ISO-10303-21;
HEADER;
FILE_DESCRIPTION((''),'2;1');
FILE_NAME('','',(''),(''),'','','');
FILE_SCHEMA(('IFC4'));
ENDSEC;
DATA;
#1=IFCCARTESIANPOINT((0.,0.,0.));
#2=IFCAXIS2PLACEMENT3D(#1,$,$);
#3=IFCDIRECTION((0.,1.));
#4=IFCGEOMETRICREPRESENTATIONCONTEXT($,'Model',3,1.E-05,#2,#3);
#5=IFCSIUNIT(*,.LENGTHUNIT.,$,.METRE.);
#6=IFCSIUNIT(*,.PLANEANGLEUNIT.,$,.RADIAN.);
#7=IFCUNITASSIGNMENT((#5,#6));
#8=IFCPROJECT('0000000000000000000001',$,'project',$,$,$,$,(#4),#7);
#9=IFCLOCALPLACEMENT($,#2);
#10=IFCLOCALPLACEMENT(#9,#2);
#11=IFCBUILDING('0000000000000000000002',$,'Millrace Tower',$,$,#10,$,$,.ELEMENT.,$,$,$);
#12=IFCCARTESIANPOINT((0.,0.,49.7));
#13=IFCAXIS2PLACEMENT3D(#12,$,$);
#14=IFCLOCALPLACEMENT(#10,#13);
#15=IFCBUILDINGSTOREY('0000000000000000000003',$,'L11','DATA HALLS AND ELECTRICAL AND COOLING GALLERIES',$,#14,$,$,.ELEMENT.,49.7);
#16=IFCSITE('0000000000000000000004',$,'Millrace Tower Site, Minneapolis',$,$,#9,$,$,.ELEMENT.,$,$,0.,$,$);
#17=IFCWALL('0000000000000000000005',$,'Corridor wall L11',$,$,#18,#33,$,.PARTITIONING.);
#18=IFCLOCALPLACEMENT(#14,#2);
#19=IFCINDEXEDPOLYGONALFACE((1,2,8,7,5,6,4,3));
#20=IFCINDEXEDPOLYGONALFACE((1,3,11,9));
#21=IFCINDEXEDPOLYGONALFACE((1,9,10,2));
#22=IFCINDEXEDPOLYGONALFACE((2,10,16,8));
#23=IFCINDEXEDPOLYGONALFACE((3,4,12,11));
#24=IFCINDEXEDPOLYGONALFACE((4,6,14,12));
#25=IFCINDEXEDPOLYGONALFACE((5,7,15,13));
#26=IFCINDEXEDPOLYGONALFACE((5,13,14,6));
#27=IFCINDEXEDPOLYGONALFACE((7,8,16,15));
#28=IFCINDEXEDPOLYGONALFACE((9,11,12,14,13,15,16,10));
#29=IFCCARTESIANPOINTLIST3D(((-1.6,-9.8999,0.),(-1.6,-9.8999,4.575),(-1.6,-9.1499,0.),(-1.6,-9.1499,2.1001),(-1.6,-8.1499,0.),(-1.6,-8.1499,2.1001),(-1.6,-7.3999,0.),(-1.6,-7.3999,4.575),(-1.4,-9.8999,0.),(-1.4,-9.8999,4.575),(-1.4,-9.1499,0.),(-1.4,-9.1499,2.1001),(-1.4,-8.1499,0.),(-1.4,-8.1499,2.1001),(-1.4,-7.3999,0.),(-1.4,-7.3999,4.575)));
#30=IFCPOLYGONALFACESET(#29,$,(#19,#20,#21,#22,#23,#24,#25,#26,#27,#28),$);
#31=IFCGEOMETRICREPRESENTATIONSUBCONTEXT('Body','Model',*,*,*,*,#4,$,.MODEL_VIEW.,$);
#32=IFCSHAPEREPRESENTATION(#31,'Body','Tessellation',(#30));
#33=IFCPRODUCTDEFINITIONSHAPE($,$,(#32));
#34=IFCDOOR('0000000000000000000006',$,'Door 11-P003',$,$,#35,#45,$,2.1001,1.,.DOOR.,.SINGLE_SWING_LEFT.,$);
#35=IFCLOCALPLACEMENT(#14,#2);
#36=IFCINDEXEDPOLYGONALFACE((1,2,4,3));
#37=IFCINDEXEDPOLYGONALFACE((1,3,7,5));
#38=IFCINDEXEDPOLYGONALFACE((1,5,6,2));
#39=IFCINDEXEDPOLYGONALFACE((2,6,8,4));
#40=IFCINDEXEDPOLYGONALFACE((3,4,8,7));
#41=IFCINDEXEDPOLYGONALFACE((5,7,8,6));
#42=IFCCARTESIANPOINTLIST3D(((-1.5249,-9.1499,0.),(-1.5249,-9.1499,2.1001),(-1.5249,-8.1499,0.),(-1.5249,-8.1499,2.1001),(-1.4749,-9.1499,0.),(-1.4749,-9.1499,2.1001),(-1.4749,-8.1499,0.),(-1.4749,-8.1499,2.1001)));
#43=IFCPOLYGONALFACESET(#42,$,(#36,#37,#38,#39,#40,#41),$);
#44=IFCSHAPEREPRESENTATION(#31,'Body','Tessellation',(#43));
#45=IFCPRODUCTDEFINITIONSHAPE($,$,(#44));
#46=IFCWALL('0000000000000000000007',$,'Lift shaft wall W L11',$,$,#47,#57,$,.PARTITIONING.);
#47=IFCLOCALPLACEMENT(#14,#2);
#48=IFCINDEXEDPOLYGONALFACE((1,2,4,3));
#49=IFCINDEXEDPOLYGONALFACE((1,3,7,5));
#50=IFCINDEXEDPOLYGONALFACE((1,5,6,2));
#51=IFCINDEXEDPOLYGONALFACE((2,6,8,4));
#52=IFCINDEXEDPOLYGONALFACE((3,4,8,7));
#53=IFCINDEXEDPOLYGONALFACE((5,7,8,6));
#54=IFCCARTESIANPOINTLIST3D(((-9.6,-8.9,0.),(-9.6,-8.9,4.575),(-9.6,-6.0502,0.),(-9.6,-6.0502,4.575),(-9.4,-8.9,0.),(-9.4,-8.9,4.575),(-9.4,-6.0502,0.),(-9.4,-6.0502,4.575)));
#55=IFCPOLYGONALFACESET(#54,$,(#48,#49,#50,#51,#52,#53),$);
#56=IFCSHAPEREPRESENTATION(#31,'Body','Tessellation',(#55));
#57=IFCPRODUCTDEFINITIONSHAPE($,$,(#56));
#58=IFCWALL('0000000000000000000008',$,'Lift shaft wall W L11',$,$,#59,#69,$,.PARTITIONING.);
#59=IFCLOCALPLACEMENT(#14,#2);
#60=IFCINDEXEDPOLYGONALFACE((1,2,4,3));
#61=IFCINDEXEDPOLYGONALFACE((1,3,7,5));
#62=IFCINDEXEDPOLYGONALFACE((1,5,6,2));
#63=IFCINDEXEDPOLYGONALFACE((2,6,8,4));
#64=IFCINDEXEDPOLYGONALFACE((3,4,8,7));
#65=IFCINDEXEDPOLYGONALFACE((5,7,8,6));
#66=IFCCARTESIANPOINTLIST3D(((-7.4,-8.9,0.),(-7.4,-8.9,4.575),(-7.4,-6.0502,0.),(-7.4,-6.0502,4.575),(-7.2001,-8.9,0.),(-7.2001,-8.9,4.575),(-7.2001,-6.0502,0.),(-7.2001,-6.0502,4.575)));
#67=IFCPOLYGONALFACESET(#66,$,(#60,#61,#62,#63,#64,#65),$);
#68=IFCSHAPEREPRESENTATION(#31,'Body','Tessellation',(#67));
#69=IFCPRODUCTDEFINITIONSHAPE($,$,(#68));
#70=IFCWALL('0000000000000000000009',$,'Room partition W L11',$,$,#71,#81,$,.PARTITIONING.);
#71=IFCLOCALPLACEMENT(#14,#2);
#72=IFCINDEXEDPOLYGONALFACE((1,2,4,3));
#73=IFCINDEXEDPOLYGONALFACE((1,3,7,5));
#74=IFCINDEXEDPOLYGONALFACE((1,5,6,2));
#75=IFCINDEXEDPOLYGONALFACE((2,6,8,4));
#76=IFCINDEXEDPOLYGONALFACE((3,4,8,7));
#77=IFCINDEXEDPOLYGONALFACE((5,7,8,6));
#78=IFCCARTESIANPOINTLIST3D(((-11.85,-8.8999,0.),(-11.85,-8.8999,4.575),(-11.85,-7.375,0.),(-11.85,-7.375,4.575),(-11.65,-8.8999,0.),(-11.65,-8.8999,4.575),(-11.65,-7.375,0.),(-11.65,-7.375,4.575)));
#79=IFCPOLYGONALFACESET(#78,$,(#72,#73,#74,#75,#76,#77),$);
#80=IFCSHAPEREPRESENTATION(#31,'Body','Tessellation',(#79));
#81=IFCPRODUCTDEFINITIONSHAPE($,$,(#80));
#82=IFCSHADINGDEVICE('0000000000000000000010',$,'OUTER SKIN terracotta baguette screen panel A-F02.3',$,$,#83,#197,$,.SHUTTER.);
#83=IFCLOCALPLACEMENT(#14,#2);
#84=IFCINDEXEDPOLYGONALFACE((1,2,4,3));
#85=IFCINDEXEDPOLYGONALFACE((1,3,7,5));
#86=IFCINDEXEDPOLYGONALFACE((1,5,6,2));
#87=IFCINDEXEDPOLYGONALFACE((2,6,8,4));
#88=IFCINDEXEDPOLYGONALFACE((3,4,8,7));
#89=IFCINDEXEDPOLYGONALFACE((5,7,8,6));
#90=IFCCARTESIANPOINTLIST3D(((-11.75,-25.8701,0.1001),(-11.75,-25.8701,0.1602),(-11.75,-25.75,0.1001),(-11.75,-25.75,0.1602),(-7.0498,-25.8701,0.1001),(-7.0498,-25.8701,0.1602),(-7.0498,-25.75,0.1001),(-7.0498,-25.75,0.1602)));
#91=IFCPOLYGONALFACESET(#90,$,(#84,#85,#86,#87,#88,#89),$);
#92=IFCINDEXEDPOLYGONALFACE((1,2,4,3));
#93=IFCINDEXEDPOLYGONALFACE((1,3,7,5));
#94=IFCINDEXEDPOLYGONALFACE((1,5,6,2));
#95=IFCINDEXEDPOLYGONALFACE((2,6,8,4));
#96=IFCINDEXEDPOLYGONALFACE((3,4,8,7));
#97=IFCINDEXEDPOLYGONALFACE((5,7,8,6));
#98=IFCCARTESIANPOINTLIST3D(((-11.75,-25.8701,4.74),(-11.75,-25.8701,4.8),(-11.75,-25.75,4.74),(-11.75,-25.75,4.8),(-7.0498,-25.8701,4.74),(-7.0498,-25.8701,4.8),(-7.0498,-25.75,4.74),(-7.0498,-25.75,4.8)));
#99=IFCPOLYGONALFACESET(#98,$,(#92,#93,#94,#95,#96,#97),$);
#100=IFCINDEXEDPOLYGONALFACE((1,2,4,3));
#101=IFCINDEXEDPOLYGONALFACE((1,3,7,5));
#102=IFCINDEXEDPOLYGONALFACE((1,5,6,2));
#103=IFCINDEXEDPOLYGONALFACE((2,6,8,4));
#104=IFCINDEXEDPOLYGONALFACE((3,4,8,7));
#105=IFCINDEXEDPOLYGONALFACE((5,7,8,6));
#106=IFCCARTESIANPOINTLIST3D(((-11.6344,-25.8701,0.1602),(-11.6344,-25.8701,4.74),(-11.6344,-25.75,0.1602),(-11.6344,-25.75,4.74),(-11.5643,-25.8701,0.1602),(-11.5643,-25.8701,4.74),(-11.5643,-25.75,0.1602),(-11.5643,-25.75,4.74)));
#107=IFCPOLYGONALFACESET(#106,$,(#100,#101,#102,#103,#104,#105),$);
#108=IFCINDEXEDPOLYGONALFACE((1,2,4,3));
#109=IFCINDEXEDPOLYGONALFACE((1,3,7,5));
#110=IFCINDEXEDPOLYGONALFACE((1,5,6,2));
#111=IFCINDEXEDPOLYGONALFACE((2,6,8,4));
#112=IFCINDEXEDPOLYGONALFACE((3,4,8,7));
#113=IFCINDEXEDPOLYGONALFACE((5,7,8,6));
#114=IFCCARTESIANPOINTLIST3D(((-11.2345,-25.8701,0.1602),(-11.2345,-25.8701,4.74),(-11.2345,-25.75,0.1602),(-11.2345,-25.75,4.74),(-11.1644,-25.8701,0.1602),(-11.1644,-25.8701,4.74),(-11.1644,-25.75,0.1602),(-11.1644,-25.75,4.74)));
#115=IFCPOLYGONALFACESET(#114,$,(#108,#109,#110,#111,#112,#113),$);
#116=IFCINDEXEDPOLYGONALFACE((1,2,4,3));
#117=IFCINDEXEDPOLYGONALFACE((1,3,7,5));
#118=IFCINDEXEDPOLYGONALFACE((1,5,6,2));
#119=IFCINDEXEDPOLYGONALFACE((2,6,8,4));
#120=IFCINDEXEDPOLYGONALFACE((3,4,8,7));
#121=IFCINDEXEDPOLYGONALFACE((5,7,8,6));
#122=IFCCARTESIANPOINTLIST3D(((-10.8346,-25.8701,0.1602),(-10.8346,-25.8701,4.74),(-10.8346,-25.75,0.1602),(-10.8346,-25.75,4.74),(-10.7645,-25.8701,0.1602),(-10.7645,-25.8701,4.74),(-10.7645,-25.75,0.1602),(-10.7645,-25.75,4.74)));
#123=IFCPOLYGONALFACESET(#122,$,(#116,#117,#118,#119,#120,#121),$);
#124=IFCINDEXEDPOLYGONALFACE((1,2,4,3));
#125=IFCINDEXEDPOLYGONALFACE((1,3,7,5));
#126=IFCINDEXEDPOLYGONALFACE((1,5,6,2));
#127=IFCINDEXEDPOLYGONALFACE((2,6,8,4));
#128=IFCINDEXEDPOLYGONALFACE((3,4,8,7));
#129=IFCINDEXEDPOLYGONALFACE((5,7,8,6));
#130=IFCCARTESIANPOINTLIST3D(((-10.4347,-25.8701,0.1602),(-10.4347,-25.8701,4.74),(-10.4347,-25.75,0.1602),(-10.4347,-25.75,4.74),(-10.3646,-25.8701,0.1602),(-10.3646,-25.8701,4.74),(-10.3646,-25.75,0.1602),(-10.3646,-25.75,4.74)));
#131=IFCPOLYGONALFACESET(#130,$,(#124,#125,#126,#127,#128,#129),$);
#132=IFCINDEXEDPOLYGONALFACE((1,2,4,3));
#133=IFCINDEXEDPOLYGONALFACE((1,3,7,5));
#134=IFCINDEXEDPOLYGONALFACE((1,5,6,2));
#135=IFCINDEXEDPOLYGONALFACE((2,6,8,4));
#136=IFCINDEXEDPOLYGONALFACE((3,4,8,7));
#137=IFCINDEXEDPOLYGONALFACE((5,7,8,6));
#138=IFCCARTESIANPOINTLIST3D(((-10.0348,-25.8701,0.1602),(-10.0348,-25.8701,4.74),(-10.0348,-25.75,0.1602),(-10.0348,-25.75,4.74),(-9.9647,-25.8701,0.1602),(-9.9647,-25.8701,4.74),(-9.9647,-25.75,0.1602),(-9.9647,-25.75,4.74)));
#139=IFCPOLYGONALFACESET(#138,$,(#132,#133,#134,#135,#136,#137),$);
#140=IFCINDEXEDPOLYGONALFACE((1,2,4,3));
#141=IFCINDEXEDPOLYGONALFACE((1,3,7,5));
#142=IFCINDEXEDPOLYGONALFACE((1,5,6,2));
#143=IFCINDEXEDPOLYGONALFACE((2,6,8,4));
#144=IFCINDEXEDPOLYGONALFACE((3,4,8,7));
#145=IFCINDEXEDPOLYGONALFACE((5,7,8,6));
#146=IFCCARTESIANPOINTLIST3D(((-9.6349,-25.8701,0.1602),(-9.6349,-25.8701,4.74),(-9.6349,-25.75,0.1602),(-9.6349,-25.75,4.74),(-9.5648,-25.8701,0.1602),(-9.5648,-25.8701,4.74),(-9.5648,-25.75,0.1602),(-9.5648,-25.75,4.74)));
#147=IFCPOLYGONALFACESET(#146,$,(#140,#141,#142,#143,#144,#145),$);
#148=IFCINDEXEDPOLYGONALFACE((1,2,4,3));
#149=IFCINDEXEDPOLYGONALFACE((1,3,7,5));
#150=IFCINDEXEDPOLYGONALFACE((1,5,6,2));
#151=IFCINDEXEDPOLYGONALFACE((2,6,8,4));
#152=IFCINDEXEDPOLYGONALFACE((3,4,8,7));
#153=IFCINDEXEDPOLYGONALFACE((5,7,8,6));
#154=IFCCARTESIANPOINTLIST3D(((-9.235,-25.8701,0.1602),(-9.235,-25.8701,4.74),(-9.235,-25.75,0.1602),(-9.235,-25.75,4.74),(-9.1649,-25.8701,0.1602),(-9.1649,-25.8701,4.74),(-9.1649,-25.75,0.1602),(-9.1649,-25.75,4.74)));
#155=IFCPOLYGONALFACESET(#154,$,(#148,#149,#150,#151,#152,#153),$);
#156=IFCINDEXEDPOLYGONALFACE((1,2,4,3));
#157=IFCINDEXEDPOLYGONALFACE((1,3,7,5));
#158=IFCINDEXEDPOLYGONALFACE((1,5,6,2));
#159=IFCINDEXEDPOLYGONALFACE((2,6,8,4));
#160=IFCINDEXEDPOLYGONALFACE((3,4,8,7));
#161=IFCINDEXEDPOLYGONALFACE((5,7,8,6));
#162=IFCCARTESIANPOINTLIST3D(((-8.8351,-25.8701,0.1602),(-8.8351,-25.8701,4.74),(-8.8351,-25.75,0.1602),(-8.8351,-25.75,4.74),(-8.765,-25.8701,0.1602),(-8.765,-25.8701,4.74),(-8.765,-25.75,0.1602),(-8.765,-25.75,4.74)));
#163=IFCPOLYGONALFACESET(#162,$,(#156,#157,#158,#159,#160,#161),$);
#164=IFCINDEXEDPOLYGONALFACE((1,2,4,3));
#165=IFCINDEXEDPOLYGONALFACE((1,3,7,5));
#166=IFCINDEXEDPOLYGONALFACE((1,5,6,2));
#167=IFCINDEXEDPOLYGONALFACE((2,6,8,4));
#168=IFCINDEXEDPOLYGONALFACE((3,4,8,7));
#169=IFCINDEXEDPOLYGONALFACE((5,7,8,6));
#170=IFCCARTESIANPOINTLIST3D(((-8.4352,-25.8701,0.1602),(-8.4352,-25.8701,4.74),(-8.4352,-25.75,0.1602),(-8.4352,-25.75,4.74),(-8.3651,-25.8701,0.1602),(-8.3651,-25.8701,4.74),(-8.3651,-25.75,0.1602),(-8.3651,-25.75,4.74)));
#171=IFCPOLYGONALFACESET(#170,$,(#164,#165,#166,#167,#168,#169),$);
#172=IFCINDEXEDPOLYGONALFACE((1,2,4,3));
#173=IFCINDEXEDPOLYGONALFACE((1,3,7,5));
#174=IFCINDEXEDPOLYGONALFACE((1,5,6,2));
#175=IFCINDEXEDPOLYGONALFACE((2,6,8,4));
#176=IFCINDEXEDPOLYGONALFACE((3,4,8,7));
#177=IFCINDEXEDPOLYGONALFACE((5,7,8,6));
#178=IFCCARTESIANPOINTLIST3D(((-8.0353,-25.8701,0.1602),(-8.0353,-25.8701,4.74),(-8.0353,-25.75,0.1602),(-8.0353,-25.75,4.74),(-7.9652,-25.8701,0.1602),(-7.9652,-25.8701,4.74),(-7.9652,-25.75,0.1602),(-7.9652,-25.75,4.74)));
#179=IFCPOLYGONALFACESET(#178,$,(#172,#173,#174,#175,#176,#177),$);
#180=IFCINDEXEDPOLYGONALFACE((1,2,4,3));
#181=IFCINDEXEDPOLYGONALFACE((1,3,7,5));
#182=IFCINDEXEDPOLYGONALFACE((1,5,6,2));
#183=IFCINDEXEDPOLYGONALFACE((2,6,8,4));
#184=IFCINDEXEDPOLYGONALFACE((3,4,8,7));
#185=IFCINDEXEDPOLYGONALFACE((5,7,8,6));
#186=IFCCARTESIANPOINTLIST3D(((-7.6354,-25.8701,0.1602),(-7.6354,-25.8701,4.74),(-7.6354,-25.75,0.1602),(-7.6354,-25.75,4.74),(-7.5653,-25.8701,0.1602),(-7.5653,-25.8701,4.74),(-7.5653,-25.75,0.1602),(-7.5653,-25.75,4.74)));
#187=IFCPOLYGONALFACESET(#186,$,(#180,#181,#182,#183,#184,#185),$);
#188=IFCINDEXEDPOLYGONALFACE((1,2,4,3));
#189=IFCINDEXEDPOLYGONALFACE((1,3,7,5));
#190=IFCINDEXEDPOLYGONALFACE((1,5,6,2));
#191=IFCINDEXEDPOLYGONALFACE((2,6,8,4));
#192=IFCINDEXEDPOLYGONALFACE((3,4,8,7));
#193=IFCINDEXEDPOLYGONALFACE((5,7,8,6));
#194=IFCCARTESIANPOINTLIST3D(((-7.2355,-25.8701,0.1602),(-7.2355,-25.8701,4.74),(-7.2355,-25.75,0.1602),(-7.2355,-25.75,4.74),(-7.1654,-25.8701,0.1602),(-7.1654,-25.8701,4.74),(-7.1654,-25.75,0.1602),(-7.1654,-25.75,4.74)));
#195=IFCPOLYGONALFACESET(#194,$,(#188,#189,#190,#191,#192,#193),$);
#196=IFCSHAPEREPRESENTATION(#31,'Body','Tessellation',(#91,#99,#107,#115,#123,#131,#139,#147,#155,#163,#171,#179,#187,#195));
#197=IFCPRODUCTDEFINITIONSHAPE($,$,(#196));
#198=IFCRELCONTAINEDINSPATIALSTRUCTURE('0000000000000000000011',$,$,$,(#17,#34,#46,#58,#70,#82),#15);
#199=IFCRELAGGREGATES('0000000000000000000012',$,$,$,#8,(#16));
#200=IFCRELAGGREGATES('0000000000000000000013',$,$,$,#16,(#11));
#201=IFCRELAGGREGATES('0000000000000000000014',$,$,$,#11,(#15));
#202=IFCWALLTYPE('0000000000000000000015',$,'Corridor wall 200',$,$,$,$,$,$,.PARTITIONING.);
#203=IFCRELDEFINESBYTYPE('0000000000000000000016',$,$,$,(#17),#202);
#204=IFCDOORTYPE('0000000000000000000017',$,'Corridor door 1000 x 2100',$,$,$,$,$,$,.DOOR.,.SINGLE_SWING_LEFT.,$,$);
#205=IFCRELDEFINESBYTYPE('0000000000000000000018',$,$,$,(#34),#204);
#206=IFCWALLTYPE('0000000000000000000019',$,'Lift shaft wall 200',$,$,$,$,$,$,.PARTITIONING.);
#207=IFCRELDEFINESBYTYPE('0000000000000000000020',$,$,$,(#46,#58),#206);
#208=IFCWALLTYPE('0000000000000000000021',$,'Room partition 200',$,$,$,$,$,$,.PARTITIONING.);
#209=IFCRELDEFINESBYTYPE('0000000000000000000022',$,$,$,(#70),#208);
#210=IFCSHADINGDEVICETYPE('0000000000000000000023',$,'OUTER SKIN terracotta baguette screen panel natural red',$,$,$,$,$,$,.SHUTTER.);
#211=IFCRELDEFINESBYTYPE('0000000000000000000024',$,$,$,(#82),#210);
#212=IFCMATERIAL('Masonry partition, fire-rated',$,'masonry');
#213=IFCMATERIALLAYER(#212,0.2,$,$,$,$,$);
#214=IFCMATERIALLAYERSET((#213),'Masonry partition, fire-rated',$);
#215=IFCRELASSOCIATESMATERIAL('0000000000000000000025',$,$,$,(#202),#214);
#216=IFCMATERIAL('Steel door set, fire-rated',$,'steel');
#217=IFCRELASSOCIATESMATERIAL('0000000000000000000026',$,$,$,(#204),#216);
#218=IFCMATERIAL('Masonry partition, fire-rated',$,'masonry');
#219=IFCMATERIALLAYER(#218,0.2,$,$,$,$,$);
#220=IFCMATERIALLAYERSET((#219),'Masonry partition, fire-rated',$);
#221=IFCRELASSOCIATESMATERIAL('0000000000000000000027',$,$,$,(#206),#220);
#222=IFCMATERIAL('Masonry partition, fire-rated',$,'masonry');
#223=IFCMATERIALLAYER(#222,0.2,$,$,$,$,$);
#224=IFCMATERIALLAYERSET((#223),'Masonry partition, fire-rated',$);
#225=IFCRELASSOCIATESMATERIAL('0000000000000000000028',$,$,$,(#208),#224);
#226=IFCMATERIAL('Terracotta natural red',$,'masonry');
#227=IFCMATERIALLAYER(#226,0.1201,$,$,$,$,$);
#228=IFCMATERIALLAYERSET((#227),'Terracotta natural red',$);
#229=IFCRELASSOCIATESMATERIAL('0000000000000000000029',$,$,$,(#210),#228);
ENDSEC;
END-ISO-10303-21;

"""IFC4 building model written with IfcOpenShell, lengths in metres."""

from ifc_helpers import new_model, entity, si_unit, direction, frame, frame_2d, origin, place, context, subcontext, project, spatial, rectangle, extrude, source, transform, mapped, material, layer, layer_set, type_object, element, fill, save


model = new_model("IFC4")

# Units and contexts
model_context = context("Model", 3, precision=1e-05, world=origin(), true_north=direction((0.0, 1.0)))
body_context = subcontext(model_context, "Body", "Model", "MODEL_VIEW")
ifc_project = project(units=[si_unit("LENGTHUNIT", "METRE"), si_unit("PLANEANGLEUNIT", "RADIAN")], contexts=[model_context])

# Site, building, storey
site_placement = place(None, origin())
site = spatial("IfcSite", under=ifc_project, at=site_placement, Name="Millrace Tower Site, Minneapolis", CompositionType="ELEMENT", RefElevation=0.0)
building_placement = place(site_placement, origin())
building = spatial("IfcBuilding", under=site, at=building_placement, Name="Millrace Tower", CompositionType="ELEMENT")
storey_placement = place(building_placement, frame((0.0, 0.0, 49.7)))
storey = spatial("IfcBuildingStorey", under=building, at=storey_placement, Name="L11", Description="DATA HALLS AND ELECTRICAL AND COOLING GALLERIES", CompositionType="ELEMENT", Elevation=49.7)

# Shared definitions
ifc_material_1 = material(Name="Masonry partition, fire-rated", Category="masonry")
ifc_layer_1 = layer(ifc_material_1, 0.2)
ifc_layer_set_1 = layer_set([ifc_layer_1], Name="Masonry partition, fire-rated")
wall_type_1 = type_object("IfcWallType", Name="Corridor wall 200", PredefinedType="PARTITIONING", material=ifc_layer_set_1)

# Wall, opening, door
wall_1_placement = place(storey_placement, frame((-1.5, -9.8999, 0.0), z_axis=(0.0, 0.0, 1.0), x_axis=(0.0, 1.0, 0.0)))
wall_1 = element("IfcWall", 1, at=wall_1_placement, inside=storey, type_object=wall_type_1, Name="Corridor wall L11", PredefinedType="PARTITIONING", context=body_context, shape_type="SweptSolid", body=[
    extrude(rectangle(XDim=2.5, YDim=0.2, at=frame_2d((1.25, 0.0))), origin(), (0.0, 0.0, 1.0), 4.575),
])
opening_placement = place(wall_1_placement, frame((0.75, 0.0, 0.0)))
opening = element("IfcOpeningElement", 2, at=opening_placement, cuts=wall_1, PredefinedType="OPENING", context=body_context, shape_type="SweptSolid", body=[
    extrude(rectangle(XDim=1.0, YDim=2.1001, at=frame_2d((0.5, 1.05))), frame((0.0, 0.1099, 0.0), z_axis=(0.0, -1.0, 0.0), x_axis=(1.0, 0.0, 0.0)), (0.0, 0.0, 1.0), 0.22),
])
ifc_material_2 = material(Name="Steel door set, fire-rated", Category="steel")
door_type = type_object("IfcDoorType", Name="Corridor door 1000 x 2100", OperationType="SINGLE_SWING_LEFT", PredefinedType="DOOR", material=ifc_material_2)
door_placement = place(opening_placement, origin())
door = element("IfcDoor", 3, at=door_placement, inside=storey, type_object=door_type, Name="Door 11-P003", OperationType="SINGLE_SWING_LEFT", OverallHeight=2.1001, OverallWidth=1.0, PredefinedType="DOOR", context=body_context, shape_type="SweptSolid", body=[
    extrude(rectangle(XDim=1.0, YDim=2.1001, at=frame_2d((0.5, 1.05))), frame((0.0, 0.0249, 0.0), z_axis=(0.0, -1.0, 0.0), x_axis=(1.0, 0.0, 0.0)), (0.0, 0.0, 1.0), 0.05),
])
fill(opening, door)

# Walls
ifc_material_3 = material(Name="Masonry partition, fire-rated", Category="masonry")
ifc_layer_2 = layer(ifc_material_3, 0.2)
ifc_layer_set_2 = layer_set([ifc_layer_2], Name="Masonry partition, fire-rated")
wall_type_2 = type_object("IfcWallType", Name="Lift shaft wall 200", PredefinedType="PARTITIONING", material=ifc_layer_set_2)
for number, where, z_axis, x_axis, name in (
    (4, (-9.5, -8.8999, 0.0), (0.0, 0.0, 1.0), (0.0, 1.0, 0.0), "Lift shaft wall W L11"),
    (5, (-7.3, -8.8999, 0.0), (0.0, 0.0, 1.0), (0.0, 1.0, 0.0), "Lift shaft wall W L11"),
):
    element("IfcWall", number, at=place(storey_placement, frame(where, z_axis=z_axis, x_axis=x_axis)), inside=storey, type_object=wall_type_2, Name=name, PredefinedType="PARTITIONING", context=body_context, shape_type="SweptSolid", body=[
        extrude(rectangle(XDim=2.8499, YDim=0.2, at=frame_2d((1.4248, 0.0))), origin(), (0.0, 0.0, 1.0), 4.575),
    ])
ifc_material_4 = material(Name="Masonry partition, fire-rated", Category="masonry")
ifc_layer_3 = layer(ifc_material_4, 0.2)
ifc_layer_set_3 = layer_set([ifc_layer_3], Name="Masonry partition, fire-rated")
wall_type_3 = type_object("IfcWallType", Name="Room partition 200", PredefinedType="PARTITIONING", material=ifc_layer_set_3)
wall_2_placement = place(storey_placement, frame((-11.75, -8.8999, 0.0), z_axis=(0.0, 0.0, 1.0), x_axis=(0.0, 1.0, 0.0)))
element("IfcWall", 6, at=wall_2_placement, inside=storey, type_object=wall_type_3, Name="Room partition W L11", PredefinedType="PARTITIONING", context=body_context, shape_type="SweptSolid", body=[
    extrude(rectangle(XDim=1.5249, YDim=0.2, at=frame_2d((0.7625, 0.0))), origin(), (0.0, 0.0, 1.0), 4.575),
])

# Shading device
cartesian_point = entity("IfcCartesianPoint", [-2.3501, 0.0601])
shared_polyline = entity("IfcPolyline", [cartesian_point, entity("IfcCartesianPoint", [2.3501, 0.0601]), entity("IfcCartesianPoint", [2.3501, -0.0601]), entity("IfcCartesianPoint", [-2.3501, -0.0601]), cartesian_point])
ifc_material_5 = material(Name="Terracotta natural red", Category="masonry")
ifc_layer_4 = layer(ifc_material_5, 0.1201)
ifc_layer_set_4 = layer_set([ifc_layer_4], Name="Terracotta natural red")
shading_device_type_1 = type_object("IfcShadingDeviceType", Name="OUTER SKIN terracotta baguette screen panel natural red", PredefinedType="SHUTTER", material=ifc_layer_set_4)
shared_shape_1 = source(origin(), body_context, "Body", "SweptSolid", [
    entity("IfcExtrudedAreaSolid", entity("IfcArbitraryClosedProfileDef", "AREA", None, shared_polyline), entity("IfcAxis2Placement3D", entity("IfcCartesianPoint", [0.0, 0.0, 0.0])), entity("IfcDirection", [0.0, 0.0, 1.0]), 0.0601),
    entity("IfcExtrudedAreaSolid", entity("IfcArbitraryClosedProfileDef", "AREA", None, shared_polyline), entity("IfcAxis2Placement3D", entity("IfcCartesianPoint", [0.0, 0.0, 4.6399])), entity("IfcDirection", [0.0, 0.0, 1.0]), 0.0601),
    extrude(rectangle(XDim=0.0701, YDim=0.1201, at=frame_2d((-2.1995, 0.0))), frame((0.0, 0.0, 0.0601)), (0.0, 0.0, 1.0), 4.5798),
    extrude(rectangle(XDim=0.0701, YDim=0.1201, at=frame_2d((-1.7996, 0.0))), frame((0.0, 0.0, 0.0601)), (0.0, 0.0, 1.0), 4.5798),
    extrude(rectangle(XDim=0.0701, YDim=0.1201, at=frame_2d((-1.3997, 0.0))), frame((0.0, 0.0, 0.0601)), (0.0, 0.0, 1.0), 4.5798),
    extrude(rectangle(XDim=0.0701, YDim=0.1201, at=frame_2d((-0.9998, 0.0))), frame((0.0, 0.0, 0.0601)), (0.0, 0.0, 1.0), 4.5798),
    extrude(rectangle(XDim=0.0701, YDim=0.1201, at=frame_2d((-0.5999, 0.0))), frame((0.0, 0.0, 0.0601)), (0.0, 0.0, 1.0), 4.5798),
    extrude(rectangle(XDim=0.0701, YDim=0.1201, at=frame_2d((-0.2, 0.0))), frame((0.0, 0.0, 0.0601)), (0.0, 0.0, 1.0), 4.5798),
    extrude(rectangle(XDim=0.0701, YDim=0.1201, at=frame_2d((0.2, 0.0))), frame((0.0, 0.0, 0.0601)), (0.0, 0.0, 1.0), 4.5798),
    extrude(rectangle(XDim=0.0701, YDim=0.1201, at=frame_2d((0.5999, 0.0))), frame((0.0, 0.0, 0.0601)), (0.0, 0.0, 1.0), 4.5798),
    extrude(rectangle(XDim=0.0701, YDim=0.1201, at=frame_2d((0.9998, 0.0))), frame((0.0, 0.0, 0.0601)), (0.0, 0.0, 1.0), 4.5798),
    extrude(rectangle(XDim=0.0701, YDim=0.1201, at=frame_2d((1.3997, 0.0))), frame((0.0, 0.0, 0.0601)), (0.0, 0.0, 1.0), 4.5798),
    extrude(rectangle(XDim=0.0701, YDim=0.1201, at=frame_2d((1.7996, 0.0))), frame((0.0, 0.0, 0.0601)), (0.0, 0.0, 1.0), 4.5798),
    extrude(rectangle(XDim=0.0701, YDim=0.1201, at=frame_2d((2.1995, 0.0))), frame((0.0, 0.0, 0.0601)), (0.0, 0.0, 1.0), 4.5798),
])
for number, where, z_axis, x_axis, name in (
    (7, (-9.3999, -25.8101, 0.1001), (0.0, 0.0, 1.0), (1.0, 0.0, 0.0), "OUTER SKIN terracotta baguette screen panel A-F02.3"),
):
    element("IfcShadingDevice", number, at=place(storey_placement, frame(where, z_axis=z_axis, x_axis=x_axis)), inside=storey, type_object=shading_device_type_1, Name=name, PredefinedType="SHUTTER", context=body_context, shape_type="MappedRepresentation", body=[
        mapped(shared_shape_1, transform((0.0, 0.0, 0.0), scale=1.0)),
    ])

save(model, "model.ifc")
